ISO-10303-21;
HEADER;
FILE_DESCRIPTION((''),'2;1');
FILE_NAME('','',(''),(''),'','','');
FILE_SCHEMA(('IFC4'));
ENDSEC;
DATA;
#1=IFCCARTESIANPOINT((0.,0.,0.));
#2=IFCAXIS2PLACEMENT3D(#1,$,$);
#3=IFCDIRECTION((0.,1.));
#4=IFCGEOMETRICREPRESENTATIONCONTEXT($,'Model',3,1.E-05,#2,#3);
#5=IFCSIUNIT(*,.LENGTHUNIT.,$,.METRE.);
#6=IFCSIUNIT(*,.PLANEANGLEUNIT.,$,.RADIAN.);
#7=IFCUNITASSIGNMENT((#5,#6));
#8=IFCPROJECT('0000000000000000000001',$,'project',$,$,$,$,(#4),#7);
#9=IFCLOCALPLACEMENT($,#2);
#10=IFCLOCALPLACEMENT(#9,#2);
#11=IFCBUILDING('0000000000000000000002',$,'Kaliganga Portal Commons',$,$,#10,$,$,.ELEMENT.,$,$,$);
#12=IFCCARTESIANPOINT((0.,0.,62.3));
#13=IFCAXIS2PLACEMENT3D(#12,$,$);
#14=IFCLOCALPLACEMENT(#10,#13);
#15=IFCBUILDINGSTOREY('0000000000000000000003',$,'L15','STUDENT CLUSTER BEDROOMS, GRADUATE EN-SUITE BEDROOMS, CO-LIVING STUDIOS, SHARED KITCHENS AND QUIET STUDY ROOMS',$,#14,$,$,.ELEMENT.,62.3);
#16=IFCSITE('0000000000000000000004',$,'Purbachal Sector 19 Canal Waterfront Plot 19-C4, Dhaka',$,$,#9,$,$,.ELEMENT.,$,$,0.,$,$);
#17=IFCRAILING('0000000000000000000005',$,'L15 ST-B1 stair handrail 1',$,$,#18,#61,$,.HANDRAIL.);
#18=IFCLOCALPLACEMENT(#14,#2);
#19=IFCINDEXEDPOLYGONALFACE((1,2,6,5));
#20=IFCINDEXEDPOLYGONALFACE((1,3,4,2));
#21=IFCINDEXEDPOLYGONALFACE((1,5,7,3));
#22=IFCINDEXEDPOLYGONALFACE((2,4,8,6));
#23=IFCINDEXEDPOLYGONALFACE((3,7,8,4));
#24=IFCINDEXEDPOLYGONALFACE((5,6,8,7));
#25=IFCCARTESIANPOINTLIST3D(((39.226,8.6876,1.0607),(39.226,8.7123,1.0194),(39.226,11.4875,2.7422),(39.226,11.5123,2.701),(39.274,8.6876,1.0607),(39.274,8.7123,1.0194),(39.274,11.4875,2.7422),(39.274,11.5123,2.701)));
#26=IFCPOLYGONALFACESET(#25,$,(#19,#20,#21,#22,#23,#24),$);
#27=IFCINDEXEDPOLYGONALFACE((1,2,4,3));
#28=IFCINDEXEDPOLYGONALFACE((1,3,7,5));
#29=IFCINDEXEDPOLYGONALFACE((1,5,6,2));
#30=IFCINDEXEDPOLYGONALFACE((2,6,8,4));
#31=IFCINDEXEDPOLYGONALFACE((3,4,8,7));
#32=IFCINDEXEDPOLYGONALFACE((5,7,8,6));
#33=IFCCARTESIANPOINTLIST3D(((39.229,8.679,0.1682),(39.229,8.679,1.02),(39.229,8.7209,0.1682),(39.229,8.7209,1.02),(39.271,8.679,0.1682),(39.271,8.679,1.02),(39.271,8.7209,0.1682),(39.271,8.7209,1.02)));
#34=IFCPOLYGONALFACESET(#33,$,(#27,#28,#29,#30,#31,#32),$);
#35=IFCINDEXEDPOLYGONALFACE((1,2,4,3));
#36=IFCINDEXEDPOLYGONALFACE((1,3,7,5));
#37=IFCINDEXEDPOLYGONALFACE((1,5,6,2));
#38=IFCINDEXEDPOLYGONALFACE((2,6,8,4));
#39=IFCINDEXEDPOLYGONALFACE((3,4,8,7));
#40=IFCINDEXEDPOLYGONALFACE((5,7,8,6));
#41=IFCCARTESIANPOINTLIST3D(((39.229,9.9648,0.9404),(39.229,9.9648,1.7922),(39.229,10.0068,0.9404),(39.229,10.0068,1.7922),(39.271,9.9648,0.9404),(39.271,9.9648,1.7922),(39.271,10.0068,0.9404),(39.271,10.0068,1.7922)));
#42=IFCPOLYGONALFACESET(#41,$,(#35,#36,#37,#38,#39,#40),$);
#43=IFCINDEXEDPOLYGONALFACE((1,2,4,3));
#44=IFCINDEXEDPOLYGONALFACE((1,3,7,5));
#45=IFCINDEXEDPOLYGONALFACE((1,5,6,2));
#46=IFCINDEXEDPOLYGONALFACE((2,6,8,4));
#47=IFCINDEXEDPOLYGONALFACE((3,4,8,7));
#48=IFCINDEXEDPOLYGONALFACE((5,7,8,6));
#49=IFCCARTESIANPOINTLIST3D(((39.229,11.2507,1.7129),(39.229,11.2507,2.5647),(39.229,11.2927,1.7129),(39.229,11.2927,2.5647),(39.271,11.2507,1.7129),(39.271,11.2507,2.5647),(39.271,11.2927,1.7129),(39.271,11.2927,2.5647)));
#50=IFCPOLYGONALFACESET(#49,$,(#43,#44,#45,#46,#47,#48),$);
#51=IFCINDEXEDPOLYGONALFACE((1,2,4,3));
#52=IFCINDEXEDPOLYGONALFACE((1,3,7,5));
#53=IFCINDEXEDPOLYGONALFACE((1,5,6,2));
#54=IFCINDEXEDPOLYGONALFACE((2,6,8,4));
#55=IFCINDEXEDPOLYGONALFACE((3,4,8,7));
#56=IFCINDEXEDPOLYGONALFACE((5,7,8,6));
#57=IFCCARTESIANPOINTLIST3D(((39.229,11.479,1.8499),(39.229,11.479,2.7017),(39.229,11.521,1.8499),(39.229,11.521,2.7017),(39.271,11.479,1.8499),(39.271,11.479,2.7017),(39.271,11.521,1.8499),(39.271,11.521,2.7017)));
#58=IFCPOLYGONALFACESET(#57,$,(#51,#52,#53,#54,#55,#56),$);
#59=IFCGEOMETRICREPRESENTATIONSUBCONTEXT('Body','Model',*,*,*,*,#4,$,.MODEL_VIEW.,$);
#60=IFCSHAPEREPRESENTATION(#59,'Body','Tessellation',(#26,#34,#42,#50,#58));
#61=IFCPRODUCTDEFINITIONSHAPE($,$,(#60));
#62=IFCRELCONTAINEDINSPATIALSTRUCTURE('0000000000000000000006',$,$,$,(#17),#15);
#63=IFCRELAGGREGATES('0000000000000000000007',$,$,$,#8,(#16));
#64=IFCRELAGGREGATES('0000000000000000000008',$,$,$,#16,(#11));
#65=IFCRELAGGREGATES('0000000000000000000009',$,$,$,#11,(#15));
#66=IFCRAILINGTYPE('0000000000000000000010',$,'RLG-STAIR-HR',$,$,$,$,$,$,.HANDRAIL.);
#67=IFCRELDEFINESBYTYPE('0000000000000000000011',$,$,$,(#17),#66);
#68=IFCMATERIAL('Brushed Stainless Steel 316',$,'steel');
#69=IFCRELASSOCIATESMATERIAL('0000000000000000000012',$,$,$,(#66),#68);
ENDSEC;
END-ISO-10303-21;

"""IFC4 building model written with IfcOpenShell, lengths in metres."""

from ifc_helpers import new_model, si_unit, direction, frame, origin, origin_2d, place, context, subcontext, project, spatial, rectangle, extrude, material, type_object, element, save


model = new_model("IFC4")

# Units and contexts
model_context = context("Model", 3, precision=1e-05, world=origin(), true_north=direction((0.0, 1.0)))
body_context = subcontext(model_context, "Body", "Model", "MODEL_VIEW")
ifc_project = project(units=[si_unit("LENGTHUNIT", "METRE"), si_unit("PLANEANGLEUNIT", "RADIAN")], contexts=[model_context])

# Site, building, storey
site_placement = place(None, origin())
site = spatial("IfcSite", under=ifc_project, at=site_placement, Name="Purbachal Sector 19 Canal Waterfront Plot 19-C4, Dhaka", CompositionType="ELEMENT", RefElevation=0.0)
building_placement = place(site_placement, origin())
building = spatial("IfcBuilding", under=site, at=building_placement, Name="Kaliganga Portal Commons", CompositionType="ELEMENT")
storey_placement = place(building_placement, frame((0.0, 0.0, 62.3)))
storey = spatial("IfcBuildingStorey", under=building, at=storey_placement, Name="L15", Description="STUDENT CLUSTER BEDROOMS, GRADUATE EN-SUITE BEDROOMS, CO-LIVING STUDIOS, SHARED KITCHENS AND QUIET STUDY ROOMS", CompositionType="ELEMENT", Elevation=62.3)

# Railing
ifc_material_1 = material(Name="Brushed Stainless Steel 316", Category="steel")
railing_type_1 = type_object("IfcRailingType", Name="RLG-STAIR-HR", PredefinedType="HANDRAIL", material=ifc_material_1)
railing_1_placement = place(storey_placement, frame((39.25, 8.7, 0.1682)))
element("IfcRailing", 1, at=railing_1_placement, inside=storey, type_object=railing_type_1, Name="L15 ST-B1 stair handrail 1", PredefinedType="HANDRAIL", context=body_context, shape_type="SweptSolid", body=[
    extrude(rectangle(XDim=0.0481, YDim=0.0481, at=origin_2d()), frame((0.0, 0.0, 0.8718), z_axis=(0.0, 0.857275, 0.514858), x_axis=(-1.0, 0.0, 0.0)), (0.0, 0.0, 1.0), 3.2661),
    extrude(rectangle(XDim=0.042, YDim=0.042, at=origin_2d()), origin(), (0.0, 0.0, 1.0), 0.8518),
    extrude(rectangle(XDim=0.042, YDim=0.042, at=origin_2d()), frame((0.0, 1.2859, 0.7722)), (0.0, 0.0, 1.0), 0.8518),
    extrude(rectangle(XDim=0.042, YDim=0.042, at=origin_2d()), frame((0.0, 2.5718, 1.5447)), (0.0, 0.0, 1.0), 0.8518),
    extrude(rectangle(XDim=0.042, YDim=0.042, at=origin_2d()), frame((0.0, 2.8, 1.6816)), (0.0, 0.0, 1.0), 0.8518),
])

save(model, "model.ifc")
